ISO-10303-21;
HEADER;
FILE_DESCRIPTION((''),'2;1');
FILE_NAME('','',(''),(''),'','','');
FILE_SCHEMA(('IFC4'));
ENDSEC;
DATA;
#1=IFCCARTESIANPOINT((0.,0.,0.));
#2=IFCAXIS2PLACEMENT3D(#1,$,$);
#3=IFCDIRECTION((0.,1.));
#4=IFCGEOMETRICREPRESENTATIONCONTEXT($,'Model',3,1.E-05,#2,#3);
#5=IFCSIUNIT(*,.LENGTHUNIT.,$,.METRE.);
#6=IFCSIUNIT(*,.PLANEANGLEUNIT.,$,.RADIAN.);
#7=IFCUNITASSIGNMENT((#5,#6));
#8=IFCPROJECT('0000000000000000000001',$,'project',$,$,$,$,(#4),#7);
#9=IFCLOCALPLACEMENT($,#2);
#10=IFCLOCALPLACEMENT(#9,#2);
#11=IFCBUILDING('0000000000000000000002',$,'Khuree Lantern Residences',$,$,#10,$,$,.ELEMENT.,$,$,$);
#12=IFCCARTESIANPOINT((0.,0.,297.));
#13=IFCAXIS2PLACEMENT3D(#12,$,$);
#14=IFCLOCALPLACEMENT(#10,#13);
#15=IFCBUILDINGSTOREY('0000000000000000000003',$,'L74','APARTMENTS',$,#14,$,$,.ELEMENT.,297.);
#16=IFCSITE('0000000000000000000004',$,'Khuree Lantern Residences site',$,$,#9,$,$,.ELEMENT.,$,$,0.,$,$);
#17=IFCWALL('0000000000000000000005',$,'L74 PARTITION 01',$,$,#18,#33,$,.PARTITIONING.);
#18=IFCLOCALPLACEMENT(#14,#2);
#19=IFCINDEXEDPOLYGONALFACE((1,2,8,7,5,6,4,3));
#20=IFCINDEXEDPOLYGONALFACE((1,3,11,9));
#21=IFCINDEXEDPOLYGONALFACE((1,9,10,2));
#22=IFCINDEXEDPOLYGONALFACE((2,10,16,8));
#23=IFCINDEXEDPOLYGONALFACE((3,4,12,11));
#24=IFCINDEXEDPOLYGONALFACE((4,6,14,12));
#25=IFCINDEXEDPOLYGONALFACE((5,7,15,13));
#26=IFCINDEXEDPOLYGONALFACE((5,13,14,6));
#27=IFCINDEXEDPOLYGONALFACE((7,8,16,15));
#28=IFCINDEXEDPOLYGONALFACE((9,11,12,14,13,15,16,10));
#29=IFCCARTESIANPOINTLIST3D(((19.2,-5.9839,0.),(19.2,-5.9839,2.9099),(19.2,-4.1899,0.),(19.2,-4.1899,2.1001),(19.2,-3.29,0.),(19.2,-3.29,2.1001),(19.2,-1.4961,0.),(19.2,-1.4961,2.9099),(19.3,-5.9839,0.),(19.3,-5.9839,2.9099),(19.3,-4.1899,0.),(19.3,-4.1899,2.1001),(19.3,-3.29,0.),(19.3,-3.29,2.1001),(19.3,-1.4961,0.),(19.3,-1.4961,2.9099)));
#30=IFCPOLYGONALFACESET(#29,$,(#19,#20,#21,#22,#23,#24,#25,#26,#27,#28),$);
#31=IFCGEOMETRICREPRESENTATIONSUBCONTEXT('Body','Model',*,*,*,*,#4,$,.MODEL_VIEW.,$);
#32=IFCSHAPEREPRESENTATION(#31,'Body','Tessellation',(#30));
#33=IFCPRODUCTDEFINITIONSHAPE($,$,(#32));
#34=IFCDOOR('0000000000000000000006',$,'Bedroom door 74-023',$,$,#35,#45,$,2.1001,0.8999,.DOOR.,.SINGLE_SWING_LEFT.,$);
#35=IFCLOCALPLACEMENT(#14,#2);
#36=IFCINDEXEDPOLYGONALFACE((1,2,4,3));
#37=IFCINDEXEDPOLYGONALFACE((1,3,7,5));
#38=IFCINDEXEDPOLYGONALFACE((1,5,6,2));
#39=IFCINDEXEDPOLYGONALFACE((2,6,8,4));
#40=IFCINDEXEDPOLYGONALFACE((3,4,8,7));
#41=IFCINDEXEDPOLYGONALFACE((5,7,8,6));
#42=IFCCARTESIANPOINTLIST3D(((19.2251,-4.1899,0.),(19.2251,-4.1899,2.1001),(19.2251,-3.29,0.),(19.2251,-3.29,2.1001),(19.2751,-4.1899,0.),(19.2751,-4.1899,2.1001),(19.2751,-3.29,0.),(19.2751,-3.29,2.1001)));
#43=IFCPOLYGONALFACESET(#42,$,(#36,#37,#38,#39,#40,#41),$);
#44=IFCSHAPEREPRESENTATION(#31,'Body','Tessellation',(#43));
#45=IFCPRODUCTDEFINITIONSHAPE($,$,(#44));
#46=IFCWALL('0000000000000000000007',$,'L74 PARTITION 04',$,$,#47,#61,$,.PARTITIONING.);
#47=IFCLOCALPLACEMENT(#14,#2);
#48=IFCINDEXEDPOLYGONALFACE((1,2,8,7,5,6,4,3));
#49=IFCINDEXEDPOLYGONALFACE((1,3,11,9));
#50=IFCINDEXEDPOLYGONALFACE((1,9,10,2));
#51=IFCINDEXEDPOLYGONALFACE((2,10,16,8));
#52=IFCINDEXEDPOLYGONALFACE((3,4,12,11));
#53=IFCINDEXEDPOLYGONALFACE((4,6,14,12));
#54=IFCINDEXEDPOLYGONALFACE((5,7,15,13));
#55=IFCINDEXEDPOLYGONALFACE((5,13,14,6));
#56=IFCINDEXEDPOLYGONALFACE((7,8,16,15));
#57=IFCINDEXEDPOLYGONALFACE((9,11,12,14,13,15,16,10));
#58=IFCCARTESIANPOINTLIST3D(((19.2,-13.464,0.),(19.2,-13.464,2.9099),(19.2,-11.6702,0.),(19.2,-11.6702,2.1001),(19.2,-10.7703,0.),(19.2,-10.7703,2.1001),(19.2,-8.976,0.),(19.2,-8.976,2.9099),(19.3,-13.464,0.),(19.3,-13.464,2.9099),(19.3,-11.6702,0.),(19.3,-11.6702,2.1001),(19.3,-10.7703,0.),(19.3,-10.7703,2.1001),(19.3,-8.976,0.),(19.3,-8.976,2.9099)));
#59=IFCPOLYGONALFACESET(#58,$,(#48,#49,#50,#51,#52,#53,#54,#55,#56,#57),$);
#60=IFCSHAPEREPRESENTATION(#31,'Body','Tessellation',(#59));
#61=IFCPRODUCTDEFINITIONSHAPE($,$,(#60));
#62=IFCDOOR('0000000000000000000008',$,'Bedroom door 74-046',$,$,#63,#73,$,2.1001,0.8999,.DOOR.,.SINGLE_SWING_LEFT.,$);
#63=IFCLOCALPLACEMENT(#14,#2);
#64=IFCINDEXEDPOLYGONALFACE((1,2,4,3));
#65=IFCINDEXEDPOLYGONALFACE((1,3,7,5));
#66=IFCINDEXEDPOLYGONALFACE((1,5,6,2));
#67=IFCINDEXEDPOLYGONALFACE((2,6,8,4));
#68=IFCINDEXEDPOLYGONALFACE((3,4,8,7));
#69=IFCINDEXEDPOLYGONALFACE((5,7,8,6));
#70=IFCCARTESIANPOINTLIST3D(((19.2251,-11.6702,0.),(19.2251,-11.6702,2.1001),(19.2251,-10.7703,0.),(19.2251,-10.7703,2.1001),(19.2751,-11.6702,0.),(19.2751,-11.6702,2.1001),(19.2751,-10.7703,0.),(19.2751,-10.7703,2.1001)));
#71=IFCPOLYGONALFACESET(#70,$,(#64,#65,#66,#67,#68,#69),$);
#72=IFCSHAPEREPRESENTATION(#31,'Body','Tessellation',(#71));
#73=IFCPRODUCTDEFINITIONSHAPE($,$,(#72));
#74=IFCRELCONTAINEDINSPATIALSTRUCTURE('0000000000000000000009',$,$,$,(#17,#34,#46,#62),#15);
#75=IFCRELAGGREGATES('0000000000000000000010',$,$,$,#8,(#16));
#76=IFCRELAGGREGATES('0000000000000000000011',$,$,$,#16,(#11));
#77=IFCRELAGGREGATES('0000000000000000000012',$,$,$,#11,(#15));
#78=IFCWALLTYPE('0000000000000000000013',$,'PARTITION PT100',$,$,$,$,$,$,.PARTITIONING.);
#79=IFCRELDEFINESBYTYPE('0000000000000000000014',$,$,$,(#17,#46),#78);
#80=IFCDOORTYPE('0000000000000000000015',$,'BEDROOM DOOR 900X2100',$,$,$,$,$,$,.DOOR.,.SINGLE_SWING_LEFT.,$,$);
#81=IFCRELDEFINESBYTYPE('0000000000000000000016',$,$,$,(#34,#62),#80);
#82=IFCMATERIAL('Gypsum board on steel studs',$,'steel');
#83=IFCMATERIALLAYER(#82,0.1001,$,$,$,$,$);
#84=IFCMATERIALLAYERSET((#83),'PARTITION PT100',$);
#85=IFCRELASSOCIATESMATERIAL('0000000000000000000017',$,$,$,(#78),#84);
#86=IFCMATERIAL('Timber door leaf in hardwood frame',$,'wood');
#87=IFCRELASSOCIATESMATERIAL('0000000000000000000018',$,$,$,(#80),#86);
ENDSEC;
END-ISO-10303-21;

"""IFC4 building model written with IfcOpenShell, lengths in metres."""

from ifc_helpers import new_model, si_unit, direction, frame, frame_2d, origin, place, context, subcontext, project, spatial, rectangle, extrude, material, layer, layer_set, type_object, element, fill, save


model = new_model("IFC4")

# Units and contexts
model_context = context("Model", 3, precision=1e-05, world=origin(), true_north=direction((0.0, 1.0)))
body_context = subcontext(model_context, "Body", "Model", "MODEL_VIEW")
ifc_project = project(units=[si_unit("LENGTHUNIT", "METRE"), si_unit("PLANEANGLEUNIT", "RADIAN")], contexts=[model_context])

# Site, building, storey
site_placement = place(None, origin())
site = spatial("IfcSite", under=ifc_project, at=site_placement, Name="Khuree Lantern Residences site", CompositionType="ELEMENT", RefElevation=0.0)
building_placement = place(site_placement, origin())
building = spatial("IfcBuilding", under=site, at=building_placement, Name="Khuree Lantern Residences", CompositionType="ELEMENT")
storey_placement = place(building_placement, frame((0.0, 0.0, 297.0)))
storey = spatial("IfcBuildingStorey", under=building, at=storey_placement, Name="L74", Description="APARTMENTS", CompositionType="ELEMENT", Elevation=297.0)

# Shared definitions
ifc_material_1 = material(Name="Gypsum board on steel studs", Category="steel")

# Shared definitions
ifc_material_2 = material(Name="Timber door leaf in hardwood frame", Category="wood")

# Shared definitions
ifc_layer_1 = layer(ifc_material_1, 0.1001)
ifc_layer_set_1 = layer_set([ifc_layer_1], Name="PARTITION PT100")
wall_type_1 = type_object("IfcWallType", Name="PARTITION PT100", PredefinedType="PARTITIONING", material=ifc_layer_set_1)

# Walls, openings, doors
wall_1_placement = place(storey_placement, frame((19.25, -5.9839, 0.0), z_axis=(0.0, 0.0, 1.0), x_axis=(0.0, 1.0, 0.0)))
wall_1 = element("IfcWall", 1, at=wall_1_placement, inside=storey, type_object=wall_type_1, Name="L74 PARTITION 01", PredefinedType="PARTITIONING", context=body_context, shape_type="SweptSolid", body=[
    extrude(rectangle(XDim=4.4878, YDim=0.1001, at=frame_2d((2.2439, 0.0))), origin(), (0.0, 0.0, 1.0), 2.9099),
])
opening_1_placement = place(wall_1_placement, frame((1.7939, 0.0, 0.0)))
opening_1 = element("IfcOpeningElement", 2, at=opening_1_placement, cuts=wall_1, PredefinedType="OPENING", context=body_context, shape_type="SweptSolid", body=[
    extrude(rectangle(XDim=0.8999, YDim=2.1001, at=frame_2d((0.45, 1.05))), frame((0.0, 0.0601, 0.0), z_axis=(0.0, -1.0, 0.0), x_axis=(1.0, 0.0, 0.0)), (0.0, 0.0, 1.0), 0.1201),
])
door_type_1 = type_object("IfcDoorType", Name="BEDROOM DOOR 900X2100", OperationType="SINGLE_SWING_LEFT", PredefinedType="DOOR", material=ifc_material_2)
door_1_placement = place(opening_1_placement, origin())
door_1 = element("IfcDoor", 3, at=door_1_placement, inside=storey, type_object=door_type_1, Name="Bedroom door 74-023", OperationType="SINGLE_SWING_LEFT", OverallHeight=2.1001, OverallWidth=0.8999, PredefinedType="DOOR", context=body_context, shape_type="SweptSolid", body=[
    extrude(rectangle(XDim=0.8999, YDim=2.1001, at=frame_2d((0.45, 1.05))), frame((0.0, 0.0249, 0.0), z_axis=(0.0, -1.0, 0.0), x_axis=(1.0, 0.0, 0.0)), (0.0, 0.0, 1.0), 0.05),
])
fill(opening_1, door_1)
wall_2_placement = place(storey_placement, frame((19.25, -13.4641, 0.0), z_axis=(0.0, 0.0, 1.0), x_axis=(0.0, 1.0, 0.0)))
wall_2 = element("IfcWall", 4, at=wall_2_placement, inside=storey, type_object=wall_type_1, Name="L74 PARTITION 04", PredefinedType="PARTITIONING", context=body_context, shape_type="SweptSolid", body=[
    extrude(rectangle(XDim=4.488, YDim=0.1001, at=frame_2d((2.2441, 0.0))), origin(), (0.0, 0.0, 1.0), 2.9099),
])
opening_2_placement = place(wall_2_placement, frame((1.7939, 0.0, 0.0)))
opening_2 = element("IfcOpeningElement", 5, at=opening_2_placement, cuts=wall_2, PredefinedType="OPENING", context=body_context, shape_type="SweptSolid", body=[
    extrude(rectangle(XDim=0.8999, YDim=2.1001, at=frame_2d((0.45, 1.05))), frame((0.0, 0.0601, 0.0), z_axis=(0.0, -1.0, 0.0), x_axis=(1.0, 0.0, 0.0)), (0.0, 0.0, 1.0), 0.1201),
])
door_2_placement = place(opening_2_placement, origin())
door_2 = element("IfcDoor", 6, at=door_2_placement, inside=storey, type_object=door_type_1, Name="Bedroom door 74-046", OperationType="SINGLE_SWING_LEFT", OverallHeight=2.1001, OverallWidth=0.8999, PredefinedType="DOOR", context=body_context, shape_type="SweptSolid", body=[
    extrude(rectangle(XDim=0.8999, YDim=2.1001, at=frame_2d((0.45, 1.05))), frame((0.0, 0.0249, 0.0), z_axis=(0.0, -1.0, 0.0), x_axis=(1.0, 0.0, 0.0)), (0.0, 0.0, 1.0), 0.05),
])
fill(opening_2, door_2)

save(model, "model.ifc")
